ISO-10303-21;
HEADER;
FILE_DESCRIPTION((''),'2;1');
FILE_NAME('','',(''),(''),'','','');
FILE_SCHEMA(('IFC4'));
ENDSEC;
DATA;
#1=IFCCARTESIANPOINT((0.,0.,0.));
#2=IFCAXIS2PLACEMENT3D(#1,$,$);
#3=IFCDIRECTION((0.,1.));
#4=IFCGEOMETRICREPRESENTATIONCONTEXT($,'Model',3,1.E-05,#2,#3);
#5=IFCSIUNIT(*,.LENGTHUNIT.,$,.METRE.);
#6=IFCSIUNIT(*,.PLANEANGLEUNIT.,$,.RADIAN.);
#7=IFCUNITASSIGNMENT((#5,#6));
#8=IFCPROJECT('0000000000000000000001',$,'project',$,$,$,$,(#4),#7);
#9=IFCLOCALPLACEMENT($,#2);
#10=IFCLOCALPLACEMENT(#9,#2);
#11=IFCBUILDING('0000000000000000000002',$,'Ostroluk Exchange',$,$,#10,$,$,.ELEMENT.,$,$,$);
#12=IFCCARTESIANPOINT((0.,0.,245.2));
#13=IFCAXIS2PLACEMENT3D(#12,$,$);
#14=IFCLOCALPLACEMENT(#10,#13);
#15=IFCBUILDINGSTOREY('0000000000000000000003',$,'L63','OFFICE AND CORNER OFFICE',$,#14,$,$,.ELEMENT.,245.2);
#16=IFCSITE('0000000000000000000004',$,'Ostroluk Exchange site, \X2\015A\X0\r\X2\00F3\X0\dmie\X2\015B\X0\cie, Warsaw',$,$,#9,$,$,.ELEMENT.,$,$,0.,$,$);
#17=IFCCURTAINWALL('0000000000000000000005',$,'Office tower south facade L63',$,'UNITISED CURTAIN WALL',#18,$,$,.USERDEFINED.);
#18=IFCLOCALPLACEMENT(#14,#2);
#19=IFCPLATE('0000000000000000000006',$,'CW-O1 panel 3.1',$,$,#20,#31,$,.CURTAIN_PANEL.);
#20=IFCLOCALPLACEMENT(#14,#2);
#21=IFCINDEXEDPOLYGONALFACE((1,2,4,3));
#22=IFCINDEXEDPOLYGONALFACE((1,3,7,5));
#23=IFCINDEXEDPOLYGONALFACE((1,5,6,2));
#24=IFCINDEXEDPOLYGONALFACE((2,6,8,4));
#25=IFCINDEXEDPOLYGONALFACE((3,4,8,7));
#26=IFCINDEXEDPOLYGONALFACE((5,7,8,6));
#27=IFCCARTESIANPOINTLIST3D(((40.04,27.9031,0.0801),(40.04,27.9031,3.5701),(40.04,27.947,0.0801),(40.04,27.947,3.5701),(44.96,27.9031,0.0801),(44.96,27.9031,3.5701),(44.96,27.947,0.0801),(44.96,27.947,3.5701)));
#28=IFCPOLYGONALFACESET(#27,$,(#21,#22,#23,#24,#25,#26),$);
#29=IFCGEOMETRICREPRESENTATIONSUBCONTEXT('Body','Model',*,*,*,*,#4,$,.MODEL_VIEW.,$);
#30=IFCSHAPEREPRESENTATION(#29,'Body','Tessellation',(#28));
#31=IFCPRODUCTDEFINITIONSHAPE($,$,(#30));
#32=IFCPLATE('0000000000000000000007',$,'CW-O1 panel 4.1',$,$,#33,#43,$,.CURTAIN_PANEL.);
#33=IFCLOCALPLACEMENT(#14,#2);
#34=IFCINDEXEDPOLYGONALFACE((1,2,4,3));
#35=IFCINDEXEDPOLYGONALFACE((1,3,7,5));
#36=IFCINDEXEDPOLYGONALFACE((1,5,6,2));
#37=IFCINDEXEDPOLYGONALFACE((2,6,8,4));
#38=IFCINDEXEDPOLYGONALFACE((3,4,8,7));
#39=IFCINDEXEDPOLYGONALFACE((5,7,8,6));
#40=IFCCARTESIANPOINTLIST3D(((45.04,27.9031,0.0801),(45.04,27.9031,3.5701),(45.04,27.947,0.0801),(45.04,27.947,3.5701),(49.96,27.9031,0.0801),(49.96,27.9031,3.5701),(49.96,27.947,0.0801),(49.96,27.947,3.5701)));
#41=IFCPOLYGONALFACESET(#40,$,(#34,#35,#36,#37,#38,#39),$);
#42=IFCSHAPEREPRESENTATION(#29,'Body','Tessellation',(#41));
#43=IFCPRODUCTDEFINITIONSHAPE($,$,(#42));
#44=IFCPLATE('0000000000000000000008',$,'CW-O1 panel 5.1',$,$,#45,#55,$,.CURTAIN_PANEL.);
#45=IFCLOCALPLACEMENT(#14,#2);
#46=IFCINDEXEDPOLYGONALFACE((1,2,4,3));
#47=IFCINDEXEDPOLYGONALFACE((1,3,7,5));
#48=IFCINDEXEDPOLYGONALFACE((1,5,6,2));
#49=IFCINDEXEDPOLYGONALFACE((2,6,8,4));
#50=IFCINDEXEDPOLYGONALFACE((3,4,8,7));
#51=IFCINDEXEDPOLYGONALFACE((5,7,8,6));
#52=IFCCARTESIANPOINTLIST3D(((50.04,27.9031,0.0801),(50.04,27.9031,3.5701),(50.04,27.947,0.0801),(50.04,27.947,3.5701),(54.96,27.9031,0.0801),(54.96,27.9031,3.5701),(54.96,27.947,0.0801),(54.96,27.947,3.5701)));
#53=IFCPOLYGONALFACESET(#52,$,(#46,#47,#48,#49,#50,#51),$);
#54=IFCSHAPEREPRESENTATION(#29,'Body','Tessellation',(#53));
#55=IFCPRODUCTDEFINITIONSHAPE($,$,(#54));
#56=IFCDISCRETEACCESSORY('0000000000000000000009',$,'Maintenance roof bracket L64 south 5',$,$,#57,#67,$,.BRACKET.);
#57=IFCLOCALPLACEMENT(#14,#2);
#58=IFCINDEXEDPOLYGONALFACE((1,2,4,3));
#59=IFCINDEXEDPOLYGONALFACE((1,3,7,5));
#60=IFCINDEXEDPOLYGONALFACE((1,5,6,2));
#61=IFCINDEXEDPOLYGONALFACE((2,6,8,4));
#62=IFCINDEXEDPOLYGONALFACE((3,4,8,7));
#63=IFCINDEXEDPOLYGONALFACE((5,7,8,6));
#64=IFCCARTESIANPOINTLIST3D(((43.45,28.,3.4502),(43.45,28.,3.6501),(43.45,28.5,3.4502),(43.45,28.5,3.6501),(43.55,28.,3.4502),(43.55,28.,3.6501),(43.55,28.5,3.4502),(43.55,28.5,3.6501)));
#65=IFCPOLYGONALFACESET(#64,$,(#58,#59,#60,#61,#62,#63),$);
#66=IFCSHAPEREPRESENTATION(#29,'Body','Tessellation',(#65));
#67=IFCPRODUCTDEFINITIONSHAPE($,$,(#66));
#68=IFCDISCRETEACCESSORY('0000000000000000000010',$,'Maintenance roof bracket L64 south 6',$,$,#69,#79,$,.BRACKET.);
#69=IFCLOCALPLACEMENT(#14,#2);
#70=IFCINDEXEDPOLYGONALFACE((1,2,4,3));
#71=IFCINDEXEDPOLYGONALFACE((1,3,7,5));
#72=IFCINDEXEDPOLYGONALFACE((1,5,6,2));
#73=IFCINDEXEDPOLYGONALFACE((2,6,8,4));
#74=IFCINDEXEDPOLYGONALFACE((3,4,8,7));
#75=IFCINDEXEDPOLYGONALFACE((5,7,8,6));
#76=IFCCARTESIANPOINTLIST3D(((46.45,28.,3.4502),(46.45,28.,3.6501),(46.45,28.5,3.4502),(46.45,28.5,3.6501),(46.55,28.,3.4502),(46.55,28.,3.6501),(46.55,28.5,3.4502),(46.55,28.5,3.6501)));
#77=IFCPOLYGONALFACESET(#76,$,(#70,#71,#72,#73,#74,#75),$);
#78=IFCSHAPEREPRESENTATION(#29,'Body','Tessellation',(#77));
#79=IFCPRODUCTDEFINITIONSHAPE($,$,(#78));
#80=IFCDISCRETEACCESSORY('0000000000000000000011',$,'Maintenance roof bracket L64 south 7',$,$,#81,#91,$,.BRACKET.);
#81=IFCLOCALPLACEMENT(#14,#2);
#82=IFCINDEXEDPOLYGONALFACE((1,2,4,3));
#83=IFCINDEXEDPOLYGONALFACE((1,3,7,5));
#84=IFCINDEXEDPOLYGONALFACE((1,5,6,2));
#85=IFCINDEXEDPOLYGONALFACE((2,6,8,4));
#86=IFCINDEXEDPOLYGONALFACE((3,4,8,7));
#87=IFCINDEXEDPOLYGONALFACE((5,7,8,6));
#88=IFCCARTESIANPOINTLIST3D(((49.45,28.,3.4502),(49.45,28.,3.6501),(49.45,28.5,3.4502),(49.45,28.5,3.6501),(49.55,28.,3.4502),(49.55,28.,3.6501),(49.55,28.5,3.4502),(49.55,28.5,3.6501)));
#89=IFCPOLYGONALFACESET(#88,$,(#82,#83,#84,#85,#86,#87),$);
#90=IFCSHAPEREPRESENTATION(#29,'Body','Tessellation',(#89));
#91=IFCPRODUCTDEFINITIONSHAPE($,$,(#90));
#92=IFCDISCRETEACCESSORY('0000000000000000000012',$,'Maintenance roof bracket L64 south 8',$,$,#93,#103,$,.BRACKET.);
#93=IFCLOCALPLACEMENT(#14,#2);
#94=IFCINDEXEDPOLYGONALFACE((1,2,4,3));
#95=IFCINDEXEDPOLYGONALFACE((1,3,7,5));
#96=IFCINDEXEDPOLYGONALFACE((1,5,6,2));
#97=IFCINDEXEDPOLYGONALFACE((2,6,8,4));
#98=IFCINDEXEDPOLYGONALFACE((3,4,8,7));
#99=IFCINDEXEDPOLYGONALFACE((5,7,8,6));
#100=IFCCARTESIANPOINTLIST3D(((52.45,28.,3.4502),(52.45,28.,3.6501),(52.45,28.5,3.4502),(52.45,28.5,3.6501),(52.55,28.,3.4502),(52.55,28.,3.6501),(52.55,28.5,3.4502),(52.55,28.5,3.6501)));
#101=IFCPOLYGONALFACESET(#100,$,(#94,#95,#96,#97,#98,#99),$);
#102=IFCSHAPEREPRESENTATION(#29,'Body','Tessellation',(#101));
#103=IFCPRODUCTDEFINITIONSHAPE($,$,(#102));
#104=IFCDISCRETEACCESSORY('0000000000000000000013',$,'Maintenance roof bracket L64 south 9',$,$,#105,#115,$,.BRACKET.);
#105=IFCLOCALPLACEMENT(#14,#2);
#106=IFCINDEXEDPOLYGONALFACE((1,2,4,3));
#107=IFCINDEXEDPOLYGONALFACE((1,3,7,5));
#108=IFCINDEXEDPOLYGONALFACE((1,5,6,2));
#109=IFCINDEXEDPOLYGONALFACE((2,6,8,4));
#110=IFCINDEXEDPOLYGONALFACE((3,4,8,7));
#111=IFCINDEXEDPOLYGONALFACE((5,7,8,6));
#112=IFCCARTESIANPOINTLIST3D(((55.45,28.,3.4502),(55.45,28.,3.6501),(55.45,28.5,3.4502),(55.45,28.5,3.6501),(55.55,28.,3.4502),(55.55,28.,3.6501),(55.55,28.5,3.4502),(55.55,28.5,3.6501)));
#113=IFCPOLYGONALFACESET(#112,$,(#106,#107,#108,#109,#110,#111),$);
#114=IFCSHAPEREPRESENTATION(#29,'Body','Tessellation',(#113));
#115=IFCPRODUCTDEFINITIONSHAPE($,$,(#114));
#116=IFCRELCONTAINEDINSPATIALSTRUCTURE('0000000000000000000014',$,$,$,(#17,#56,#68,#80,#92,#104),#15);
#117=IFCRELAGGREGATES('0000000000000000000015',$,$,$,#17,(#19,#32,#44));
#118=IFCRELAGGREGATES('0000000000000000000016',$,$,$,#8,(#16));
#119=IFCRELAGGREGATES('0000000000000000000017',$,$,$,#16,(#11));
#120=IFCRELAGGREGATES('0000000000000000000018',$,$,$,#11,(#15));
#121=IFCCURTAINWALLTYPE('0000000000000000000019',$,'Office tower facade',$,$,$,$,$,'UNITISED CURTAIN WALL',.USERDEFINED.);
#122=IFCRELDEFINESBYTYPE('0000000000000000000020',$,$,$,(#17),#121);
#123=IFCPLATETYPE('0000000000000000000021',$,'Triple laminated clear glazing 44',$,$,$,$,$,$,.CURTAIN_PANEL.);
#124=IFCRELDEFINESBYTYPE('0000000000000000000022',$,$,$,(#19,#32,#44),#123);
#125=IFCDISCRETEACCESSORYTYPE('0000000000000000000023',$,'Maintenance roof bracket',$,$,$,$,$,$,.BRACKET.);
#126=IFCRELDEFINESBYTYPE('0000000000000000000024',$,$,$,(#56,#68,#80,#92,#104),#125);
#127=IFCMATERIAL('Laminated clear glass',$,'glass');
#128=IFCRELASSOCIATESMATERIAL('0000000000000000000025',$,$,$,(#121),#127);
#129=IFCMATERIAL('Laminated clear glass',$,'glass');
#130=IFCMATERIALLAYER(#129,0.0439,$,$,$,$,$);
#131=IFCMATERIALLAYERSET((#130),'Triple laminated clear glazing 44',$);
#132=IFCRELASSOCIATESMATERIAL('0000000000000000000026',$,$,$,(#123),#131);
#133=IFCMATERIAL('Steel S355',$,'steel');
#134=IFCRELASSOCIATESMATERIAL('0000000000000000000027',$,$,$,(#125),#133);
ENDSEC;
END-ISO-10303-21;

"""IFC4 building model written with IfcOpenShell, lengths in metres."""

from ifc_helpers import new_model, si_unit, direction, frame, origin, origin_2d, place, context, subcontext, project, spatial, rectangle, extrude, material, layer, layer_set, type_object, element, aggregate, save


model = new_model("IFC4")

# Units and contexts
model_context = context("Model", 3, precision=1e-05, world=origin(), true_north=direction((0.0, 1.0)))
body_context = subcontext(model_context, "Body", "Model", "MODEL_VIEW")
ifc_project = project(units=[si_unit("LENGTHUNIT", "METRE"), si_unit("PLANEANGLEUNIT", "RADIAN")], contexts=[model_context])

# Site, building, storey
site_placement = place(None, origin())
site = spatial("IfcSite", under=ifc_project, at=site_placement, Name="Ostroluk Exchange site, Śródmieście, Warsaw", CompositionType="ELEMENT", RefElevation=0.0)
building_placement = place(site_placement, origin())
building = spatial("IfcBuilding", under=site, at=building_placement, Name="Ostroluk Exchange", CompositionType="ELEMENT")
storey_placement = place(building_placement, frame((0.0, 0.0, 245.2)))
storey = spatial("IfcBuildingStorey", under=building, at=storey_placement, Name="L63", Description="OFFICE AND CORNER OFFICE", CompositionType="ELEMENT", Elevation=245.2)

# Curtain wall, plates
ifc_material_1 = material(Name="Laminated clear glass", Category="glass")
curtain_wall_type = type_object("IfcCurtainWallType", Name="Office tower facade", ElementType="UNITISED CURTAIN WALL", PredefinedType="USERDEFINED", material=ifc_material_1)
curtain_wall_placement = place(storey_placement, origin())
curtain_wall = element("IfcCurtainWall", 1, at=curtain_wall_placement, inside=storey, type_object=curtain_wall_type, Name="Office tower south facade L63", ObjectType="UNITISED CURTAIN WALL", PredefinedType="USERDEFINED")
ifc_material_2 = material(Name="Laminated clear glass", Category="glass")
ifc_layer = layer(ifc_material_2, 0.0439)
ifc_layer_set = layer_set([ifc_layer], Name="Triple laminated clear glazing 44")
plate_type = type_object("IfcPlateType", Name="Triple laminated clear glazing 44", PredefinedType="CURTAIN_PANEL", material=ifc_layer_set)
plate_1_placement = place(storey_placement, frame((42.5, 27.925, 0.0801), z_axis=(0.0, 0.0, 1.0), x_axis=(1.0, 0.0, 0.0)))
plate_1 = element("IfcPlate", 2, at=plate_1_placement, type_object=plate_type, Name="CW-O1 panel 3.1", PredefinedType="CURTAIN_PANEL", context=body_context, shape_type="SweptSolid", body=[
    extrude(rectangle(XDim=4.9199, YDim=0.0439, at=origin_2d()), origin(), (0.0, 0.0, 1.0), 3.49),
])
plate_2_placement = place(storey_placement, frame((47.5, 27.925, 0.0801), z_axis=(0.0, 0.0, 1.0), x_axis=(1.0, 0.0, 0.0)))
plate_2 = element("IfcPlate", 3, at=plate_2_placement, type_object=plate_type, Name="CW-O1 panel 4.1", PredefinedType="CURTAIN_PANEL", context=body_context, shape_type="SweptSolid", body=[
    extrude(rectangle(XDim=4.9199, YDim=0.0439, at=origin_2d()), origin(), (0.0, 0.0, 1.0), 3.49),
])
plate_3_placement = place(storey_placement, frame((52.5, 27.925, 0.0801), z_axis=(0.0, 0.0, 1.0), x_axis=(1.0, 0.0, 0.0)))
plate_3 = element("IfcPlate", 4, at=plate_3_placement, type_object=plate_type, Name="CW-O1 panel 5.1", PredefinedType="CURTAIN_PANEL", context=body_context, shape_type="SweptSolid", body=[
    extrude(rectangle(XDim=4.9199, YDim=0.0439, at=origin_2d()), origin(), (0.0, 0.0, 1.0), 3.49),
])
aggregate(curtain_wall, [plate_1, plate_2, plate_3])

# Discrete accessories
ifc_material_3 = material(Name="Steel S355", Category="steel")
discrete_accessory_type = type_object("IfcDiscreteAccessoryType", Name="Maintenance roof bracket", PredefinedType="BRACKET", material=ifc_material_3)
for number, where, z_axis, x_axis, name in (
    (5, (43.5, 28.25, 3.4502), (0.0, 0.0, 1.0), (1.0, 0.0, 0.0), "Maintenance roof bracket L64 south 5"),
    (6, (46.5, 28.25, 3.4502), (0.0, 0.0, 1.0), (1.0, 0.0, 0.0), "Maintenance roof bracket L64 south 6"),
    (7, (49.5, 28.25, 3.4502), (0.0, 0.0, 1.0), (1.0, 0.0, 0.0), "Maintenance roof bracket L64 south 7"),
    (8, (52.5, 28.25, 3.4502), (0.0, 0.0, 1.0), (1.0, 0.0, 0.0), "Maintenance roof bracket L64 south 8"),
    (9, (55.5, 28.25, 3.4502), (0.0, 0.0, 1.0), (1.0, 0.0, 0.0), "Maintenance roof bracket L64 south 9"),
):
    element("IfcDiscreteAccessory", number, at=place(storey_placement, frame(where, z_axis=z_axis, x_axis=x_axis)), inside=storey, type_object=discrete_accessory_type, Name=name, PredefinedType="BRACKET", context=body_context, shape_type="SweptSolid", body=[
        extrude(rectangle(XDim=0.1001, YDim=0.5, at=origin_2d()), origin(), (0.0, 0.0, 1.0), 0.2),
    ])

save(model, "model.ifc")
